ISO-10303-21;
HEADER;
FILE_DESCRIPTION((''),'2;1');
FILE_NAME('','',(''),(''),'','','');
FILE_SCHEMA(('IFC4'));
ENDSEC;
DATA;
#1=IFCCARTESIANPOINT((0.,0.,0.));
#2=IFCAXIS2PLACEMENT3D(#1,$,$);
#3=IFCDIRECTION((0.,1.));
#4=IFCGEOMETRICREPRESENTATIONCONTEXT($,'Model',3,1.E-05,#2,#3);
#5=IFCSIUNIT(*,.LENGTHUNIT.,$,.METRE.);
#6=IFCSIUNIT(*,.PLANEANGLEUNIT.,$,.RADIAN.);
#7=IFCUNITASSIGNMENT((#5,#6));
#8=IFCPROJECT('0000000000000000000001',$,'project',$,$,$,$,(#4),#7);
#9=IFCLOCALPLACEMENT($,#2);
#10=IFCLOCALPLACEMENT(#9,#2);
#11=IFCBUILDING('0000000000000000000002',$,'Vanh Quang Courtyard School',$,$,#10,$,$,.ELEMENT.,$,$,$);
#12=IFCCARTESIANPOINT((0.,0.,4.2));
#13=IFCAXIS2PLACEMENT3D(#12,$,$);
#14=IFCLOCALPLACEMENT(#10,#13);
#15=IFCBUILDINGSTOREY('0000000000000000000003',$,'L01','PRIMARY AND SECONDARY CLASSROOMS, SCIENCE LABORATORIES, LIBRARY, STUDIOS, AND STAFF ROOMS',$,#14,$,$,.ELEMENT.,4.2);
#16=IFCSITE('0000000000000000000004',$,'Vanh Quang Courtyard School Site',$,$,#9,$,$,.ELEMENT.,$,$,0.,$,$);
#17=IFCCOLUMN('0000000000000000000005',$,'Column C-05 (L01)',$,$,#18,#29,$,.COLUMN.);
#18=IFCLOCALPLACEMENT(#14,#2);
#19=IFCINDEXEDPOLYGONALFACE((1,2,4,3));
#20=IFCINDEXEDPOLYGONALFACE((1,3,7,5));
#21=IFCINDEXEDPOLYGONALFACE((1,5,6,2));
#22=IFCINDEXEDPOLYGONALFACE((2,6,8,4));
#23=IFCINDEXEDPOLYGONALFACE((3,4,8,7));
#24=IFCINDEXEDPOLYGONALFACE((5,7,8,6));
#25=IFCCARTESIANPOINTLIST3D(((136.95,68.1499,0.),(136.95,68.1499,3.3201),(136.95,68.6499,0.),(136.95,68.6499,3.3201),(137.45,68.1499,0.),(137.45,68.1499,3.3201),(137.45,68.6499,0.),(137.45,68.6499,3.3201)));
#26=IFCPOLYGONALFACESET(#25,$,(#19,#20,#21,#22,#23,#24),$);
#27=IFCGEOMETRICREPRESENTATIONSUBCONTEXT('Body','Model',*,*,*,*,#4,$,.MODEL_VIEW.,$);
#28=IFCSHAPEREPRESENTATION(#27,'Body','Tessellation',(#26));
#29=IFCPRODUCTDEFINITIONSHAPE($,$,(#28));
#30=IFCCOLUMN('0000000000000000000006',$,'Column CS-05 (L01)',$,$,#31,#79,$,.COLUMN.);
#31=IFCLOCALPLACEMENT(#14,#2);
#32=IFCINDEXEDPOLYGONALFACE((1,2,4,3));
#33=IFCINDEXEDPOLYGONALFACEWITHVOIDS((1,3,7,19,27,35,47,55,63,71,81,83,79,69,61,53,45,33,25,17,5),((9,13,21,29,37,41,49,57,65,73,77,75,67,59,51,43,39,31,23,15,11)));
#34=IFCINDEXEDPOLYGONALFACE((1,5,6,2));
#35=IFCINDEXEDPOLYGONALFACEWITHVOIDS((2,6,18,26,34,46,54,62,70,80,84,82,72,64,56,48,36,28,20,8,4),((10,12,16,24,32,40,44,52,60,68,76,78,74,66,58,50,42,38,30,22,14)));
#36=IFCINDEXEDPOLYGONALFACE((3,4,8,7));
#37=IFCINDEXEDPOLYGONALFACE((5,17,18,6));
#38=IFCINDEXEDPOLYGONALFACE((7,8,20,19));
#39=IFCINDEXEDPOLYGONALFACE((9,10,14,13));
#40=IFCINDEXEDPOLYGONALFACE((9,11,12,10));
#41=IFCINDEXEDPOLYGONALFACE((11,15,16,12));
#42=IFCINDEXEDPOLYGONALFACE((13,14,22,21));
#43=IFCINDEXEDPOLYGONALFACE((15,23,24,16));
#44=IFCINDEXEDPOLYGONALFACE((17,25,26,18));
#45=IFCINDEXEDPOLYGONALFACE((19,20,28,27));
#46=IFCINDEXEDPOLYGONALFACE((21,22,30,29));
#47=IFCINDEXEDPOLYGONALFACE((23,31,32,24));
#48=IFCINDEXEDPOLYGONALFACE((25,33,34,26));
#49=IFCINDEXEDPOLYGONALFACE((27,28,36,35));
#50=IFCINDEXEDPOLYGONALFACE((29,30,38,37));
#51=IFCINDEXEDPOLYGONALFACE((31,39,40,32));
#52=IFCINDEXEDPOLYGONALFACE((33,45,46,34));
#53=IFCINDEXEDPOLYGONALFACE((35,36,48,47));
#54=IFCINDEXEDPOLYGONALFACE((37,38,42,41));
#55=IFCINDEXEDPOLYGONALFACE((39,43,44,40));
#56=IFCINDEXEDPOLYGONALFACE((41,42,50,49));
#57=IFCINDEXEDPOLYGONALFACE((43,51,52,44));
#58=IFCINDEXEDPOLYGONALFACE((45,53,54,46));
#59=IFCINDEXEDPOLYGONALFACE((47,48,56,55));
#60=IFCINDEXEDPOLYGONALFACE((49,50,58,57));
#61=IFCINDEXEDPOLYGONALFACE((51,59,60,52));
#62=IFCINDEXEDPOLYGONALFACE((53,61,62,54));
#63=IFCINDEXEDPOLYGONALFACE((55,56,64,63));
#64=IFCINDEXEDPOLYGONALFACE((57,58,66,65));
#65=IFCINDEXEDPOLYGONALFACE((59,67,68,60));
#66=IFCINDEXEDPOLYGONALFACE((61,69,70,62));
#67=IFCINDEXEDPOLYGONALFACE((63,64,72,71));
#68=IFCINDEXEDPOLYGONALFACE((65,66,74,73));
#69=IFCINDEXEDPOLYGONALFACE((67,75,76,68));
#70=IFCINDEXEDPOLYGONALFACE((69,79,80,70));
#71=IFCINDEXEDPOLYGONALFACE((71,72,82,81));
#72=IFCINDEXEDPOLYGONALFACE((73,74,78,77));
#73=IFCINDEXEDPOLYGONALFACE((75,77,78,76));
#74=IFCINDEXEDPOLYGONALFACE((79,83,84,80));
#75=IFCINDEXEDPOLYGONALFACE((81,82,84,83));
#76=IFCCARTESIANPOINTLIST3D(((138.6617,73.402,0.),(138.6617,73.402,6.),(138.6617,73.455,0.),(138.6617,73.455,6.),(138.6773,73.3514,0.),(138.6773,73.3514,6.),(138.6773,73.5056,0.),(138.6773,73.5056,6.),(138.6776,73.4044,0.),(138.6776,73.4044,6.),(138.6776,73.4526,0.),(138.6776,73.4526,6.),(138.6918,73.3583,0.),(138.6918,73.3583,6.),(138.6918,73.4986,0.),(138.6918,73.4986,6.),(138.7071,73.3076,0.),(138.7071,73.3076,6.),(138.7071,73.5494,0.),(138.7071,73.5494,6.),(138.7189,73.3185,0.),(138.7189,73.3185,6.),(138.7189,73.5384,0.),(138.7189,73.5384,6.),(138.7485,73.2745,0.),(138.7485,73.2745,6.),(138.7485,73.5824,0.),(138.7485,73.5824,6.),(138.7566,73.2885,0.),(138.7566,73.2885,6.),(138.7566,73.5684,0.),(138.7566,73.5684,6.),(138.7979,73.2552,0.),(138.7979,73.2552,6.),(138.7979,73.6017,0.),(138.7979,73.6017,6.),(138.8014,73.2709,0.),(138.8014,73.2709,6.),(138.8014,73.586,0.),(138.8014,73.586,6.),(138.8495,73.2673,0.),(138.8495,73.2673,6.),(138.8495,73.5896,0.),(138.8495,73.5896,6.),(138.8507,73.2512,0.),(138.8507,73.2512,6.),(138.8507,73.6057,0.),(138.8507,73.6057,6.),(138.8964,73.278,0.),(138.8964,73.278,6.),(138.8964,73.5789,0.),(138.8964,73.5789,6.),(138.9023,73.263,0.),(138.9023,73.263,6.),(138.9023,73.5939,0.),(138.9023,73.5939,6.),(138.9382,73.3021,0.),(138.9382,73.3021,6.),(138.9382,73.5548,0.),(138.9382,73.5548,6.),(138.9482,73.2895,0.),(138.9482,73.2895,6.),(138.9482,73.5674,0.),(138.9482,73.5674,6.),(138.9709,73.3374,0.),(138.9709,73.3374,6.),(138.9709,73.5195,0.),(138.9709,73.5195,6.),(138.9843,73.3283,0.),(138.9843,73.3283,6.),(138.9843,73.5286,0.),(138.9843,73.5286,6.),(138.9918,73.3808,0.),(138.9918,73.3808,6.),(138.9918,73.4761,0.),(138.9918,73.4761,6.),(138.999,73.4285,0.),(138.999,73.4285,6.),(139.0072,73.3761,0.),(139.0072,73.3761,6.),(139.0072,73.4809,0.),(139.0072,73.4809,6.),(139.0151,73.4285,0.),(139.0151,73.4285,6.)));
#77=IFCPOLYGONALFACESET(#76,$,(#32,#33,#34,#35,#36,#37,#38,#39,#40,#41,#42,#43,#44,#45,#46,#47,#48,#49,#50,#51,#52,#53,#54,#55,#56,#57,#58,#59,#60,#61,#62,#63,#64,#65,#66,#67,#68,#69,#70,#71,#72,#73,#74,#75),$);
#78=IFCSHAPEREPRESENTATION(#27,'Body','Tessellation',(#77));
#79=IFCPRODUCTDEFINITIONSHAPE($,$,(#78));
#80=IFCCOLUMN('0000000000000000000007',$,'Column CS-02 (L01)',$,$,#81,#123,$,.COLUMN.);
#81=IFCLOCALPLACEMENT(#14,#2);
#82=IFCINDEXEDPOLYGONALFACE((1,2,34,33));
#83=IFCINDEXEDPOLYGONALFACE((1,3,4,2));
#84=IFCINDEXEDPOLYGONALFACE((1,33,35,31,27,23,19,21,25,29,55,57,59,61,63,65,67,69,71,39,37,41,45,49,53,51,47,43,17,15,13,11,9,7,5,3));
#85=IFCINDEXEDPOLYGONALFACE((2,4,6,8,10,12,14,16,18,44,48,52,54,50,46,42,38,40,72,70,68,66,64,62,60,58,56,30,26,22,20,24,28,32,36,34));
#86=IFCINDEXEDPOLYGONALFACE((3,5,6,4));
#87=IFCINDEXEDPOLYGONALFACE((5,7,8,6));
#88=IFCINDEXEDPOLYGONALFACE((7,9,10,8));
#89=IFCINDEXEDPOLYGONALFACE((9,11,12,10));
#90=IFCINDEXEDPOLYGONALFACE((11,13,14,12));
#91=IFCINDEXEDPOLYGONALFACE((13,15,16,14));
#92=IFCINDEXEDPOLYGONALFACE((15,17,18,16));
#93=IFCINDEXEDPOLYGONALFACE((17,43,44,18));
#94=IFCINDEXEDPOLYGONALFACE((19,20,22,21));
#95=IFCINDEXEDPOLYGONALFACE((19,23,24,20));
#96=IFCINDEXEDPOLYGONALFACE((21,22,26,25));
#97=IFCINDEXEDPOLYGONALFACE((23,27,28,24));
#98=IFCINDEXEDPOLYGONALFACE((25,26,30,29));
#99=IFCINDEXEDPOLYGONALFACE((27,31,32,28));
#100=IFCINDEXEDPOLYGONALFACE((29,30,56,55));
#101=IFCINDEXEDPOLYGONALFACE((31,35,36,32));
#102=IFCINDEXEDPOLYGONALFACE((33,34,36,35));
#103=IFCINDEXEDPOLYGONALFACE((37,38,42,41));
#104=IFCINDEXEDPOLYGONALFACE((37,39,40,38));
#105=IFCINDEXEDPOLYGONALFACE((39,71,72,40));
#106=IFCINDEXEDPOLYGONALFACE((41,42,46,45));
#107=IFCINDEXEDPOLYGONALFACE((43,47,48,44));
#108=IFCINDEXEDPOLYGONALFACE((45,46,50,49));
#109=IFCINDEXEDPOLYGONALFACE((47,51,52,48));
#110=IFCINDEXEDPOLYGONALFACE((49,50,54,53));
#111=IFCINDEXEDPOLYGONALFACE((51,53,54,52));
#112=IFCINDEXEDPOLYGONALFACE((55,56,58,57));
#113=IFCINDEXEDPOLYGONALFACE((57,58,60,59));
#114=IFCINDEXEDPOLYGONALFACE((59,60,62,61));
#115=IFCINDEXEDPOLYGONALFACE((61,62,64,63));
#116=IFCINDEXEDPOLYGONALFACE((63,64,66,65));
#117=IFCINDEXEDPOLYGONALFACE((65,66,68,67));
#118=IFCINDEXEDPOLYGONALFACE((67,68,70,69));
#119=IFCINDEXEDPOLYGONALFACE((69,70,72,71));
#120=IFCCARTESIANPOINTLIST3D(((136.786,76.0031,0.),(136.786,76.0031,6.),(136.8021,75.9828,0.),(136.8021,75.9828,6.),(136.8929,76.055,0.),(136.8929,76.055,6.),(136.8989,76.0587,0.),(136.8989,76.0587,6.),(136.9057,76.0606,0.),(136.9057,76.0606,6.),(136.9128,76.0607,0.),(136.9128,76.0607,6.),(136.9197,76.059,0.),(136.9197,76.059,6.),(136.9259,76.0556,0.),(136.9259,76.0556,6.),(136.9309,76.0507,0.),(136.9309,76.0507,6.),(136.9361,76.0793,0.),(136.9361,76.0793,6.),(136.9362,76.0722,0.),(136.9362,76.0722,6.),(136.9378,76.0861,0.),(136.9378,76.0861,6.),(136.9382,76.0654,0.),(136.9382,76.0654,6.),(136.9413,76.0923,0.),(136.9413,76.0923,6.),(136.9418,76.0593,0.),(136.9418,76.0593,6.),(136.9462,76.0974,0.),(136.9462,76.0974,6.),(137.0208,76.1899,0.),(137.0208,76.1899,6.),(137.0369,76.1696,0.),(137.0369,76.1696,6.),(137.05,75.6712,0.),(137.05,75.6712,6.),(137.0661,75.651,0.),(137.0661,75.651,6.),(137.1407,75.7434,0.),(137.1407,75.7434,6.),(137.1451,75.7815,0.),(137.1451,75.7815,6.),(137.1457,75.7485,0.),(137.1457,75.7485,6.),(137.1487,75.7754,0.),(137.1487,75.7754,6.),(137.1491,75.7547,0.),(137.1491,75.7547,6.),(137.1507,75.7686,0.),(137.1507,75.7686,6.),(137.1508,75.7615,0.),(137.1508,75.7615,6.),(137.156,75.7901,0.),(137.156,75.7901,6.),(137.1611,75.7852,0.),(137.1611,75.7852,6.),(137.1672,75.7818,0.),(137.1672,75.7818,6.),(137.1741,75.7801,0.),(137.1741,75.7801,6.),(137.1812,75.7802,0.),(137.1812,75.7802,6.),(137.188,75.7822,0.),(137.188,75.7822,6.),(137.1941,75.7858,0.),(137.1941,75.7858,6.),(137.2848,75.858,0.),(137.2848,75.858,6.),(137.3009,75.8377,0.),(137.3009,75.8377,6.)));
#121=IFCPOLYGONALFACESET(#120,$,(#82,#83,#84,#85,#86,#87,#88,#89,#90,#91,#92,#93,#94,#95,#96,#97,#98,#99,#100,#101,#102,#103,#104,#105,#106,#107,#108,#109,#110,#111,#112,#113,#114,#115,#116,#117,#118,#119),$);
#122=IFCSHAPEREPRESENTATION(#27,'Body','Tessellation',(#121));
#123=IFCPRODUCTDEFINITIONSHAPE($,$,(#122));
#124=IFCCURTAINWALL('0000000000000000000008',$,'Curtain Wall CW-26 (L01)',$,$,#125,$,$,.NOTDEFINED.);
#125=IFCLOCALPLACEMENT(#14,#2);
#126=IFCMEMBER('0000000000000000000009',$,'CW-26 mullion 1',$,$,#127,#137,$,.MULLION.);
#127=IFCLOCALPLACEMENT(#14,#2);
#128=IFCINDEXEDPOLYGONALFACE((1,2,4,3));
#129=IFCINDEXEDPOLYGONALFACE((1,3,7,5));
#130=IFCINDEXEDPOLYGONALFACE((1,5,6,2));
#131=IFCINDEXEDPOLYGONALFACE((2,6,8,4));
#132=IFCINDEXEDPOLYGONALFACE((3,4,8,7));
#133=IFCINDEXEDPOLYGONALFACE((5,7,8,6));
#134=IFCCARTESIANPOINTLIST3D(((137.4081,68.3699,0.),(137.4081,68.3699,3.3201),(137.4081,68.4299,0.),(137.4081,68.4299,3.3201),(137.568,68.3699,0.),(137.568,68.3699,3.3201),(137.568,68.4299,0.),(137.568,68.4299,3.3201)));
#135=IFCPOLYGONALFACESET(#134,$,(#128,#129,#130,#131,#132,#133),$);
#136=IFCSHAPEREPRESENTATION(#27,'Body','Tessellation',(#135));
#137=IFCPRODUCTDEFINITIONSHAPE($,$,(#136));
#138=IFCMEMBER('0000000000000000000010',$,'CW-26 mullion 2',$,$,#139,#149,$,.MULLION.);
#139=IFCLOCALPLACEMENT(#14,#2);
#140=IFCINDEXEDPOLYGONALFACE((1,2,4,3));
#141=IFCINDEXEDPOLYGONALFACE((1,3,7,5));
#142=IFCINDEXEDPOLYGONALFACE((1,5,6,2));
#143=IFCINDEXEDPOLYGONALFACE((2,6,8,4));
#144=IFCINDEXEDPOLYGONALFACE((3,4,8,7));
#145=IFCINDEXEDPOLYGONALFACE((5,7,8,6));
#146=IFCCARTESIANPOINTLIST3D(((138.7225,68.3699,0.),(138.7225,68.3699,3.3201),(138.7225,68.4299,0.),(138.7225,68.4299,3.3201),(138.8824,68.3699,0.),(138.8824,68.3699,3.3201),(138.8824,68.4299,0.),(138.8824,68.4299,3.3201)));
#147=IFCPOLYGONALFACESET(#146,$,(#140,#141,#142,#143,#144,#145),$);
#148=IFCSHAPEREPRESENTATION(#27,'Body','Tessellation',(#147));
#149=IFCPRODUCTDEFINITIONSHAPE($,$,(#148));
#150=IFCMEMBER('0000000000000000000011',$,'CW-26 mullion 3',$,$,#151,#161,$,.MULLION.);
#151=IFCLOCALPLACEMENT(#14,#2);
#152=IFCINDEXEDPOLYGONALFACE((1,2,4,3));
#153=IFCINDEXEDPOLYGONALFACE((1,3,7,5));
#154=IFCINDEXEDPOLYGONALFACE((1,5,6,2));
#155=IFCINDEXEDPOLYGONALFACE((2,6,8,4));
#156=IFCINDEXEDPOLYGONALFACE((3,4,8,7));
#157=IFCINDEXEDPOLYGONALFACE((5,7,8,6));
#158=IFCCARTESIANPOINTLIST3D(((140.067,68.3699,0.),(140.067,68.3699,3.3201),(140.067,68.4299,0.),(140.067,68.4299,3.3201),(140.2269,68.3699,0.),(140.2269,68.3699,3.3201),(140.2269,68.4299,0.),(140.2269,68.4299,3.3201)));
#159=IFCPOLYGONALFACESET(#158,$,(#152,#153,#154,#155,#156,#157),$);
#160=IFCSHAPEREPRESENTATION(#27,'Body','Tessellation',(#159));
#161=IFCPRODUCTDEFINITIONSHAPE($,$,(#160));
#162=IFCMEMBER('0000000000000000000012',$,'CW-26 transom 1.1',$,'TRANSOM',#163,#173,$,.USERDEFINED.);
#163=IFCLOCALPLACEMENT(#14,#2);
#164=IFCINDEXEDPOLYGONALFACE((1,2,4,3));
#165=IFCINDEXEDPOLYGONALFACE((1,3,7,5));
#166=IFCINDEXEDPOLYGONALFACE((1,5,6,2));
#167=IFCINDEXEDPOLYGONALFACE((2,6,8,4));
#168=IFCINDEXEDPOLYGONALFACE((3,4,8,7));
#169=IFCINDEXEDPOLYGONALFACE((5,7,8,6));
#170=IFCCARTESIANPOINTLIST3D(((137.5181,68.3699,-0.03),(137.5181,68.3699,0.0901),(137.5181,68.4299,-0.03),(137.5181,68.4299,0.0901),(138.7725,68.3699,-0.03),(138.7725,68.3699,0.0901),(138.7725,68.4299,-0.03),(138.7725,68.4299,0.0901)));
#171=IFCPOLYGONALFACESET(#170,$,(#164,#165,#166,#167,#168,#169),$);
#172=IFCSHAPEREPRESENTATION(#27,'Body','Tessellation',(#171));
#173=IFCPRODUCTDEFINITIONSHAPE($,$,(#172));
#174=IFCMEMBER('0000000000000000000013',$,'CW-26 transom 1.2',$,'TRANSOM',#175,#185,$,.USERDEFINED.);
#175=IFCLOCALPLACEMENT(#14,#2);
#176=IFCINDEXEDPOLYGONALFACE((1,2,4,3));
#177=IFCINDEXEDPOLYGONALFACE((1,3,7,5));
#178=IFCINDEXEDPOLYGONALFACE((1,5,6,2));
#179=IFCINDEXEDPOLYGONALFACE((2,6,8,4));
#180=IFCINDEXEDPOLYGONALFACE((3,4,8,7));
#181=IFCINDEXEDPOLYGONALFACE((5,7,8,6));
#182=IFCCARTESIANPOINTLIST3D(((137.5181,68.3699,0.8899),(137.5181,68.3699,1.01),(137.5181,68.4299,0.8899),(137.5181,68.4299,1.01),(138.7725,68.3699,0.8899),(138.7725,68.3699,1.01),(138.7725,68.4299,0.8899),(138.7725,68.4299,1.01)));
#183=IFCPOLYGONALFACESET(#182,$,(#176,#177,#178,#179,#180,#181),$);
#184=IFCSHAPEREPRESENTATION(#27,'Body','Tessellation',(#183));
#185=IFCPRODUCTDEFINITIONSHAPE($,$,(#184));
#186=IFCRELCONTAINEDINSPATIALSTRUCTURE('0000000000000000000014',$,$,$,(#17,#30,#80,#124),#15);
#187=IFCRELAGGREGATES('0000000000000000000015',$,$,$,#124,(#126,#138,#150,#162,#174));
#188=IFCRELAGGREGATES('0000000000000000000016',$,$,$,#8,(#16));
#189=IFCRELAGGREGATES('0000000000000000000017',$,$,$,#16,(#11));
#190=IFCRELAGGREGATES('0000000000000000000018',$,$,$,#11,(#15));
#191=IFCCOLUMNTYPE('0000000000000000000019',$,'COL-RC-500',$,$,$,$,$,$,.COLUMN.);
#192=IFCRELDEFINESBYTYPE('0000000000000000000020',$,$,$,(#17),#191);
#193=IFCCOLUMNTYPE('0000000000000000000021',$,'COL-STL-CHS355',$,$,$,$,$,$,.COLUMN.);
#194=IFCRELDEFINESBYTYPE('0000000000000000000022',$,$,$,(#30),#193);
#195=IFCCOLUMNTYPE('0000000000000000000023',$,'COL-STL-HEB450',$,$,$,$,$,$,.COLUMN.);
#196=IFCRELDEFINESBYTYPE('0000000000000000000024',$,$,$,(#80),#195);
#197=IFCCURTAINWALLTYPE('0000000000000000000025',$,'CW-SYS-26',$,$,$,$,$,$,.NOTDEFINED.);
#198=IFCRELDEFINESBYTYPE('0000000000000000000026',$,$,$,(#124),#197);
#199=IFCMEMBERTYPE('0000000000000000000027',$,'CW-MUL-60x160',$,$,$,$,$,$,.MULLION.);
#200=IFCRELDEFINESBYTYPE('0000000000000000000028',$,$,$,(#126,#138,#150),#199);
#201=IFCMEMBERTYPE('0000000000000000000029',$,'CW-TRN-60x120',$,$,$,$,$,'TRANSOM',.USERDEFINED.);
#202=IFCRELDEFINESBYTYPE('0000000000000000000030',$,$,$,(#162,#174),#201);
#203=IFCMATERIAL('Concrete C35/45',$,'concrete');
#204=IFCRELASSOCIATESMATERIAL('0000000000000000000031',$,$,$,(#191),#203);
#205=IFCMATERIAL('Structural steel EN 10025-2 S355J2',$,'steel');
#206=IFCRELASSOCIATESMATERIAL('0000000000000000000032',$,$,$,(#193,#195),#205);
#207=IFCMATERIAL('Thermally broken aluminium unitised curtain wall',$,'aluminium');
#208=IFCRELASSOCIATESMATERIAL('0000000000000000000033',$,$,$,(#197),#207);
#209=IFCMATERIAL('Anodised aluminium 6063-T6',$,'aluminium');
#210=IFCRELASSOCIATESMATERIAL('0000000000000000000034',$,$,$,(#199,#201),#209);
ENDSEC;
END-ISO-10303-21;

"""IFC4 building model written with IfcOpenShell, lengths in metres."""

from ifc_helpers import new_model, si_unit, direction, frame, origin, origin_2d, place, context, subcontext, project, spatial, rectangle, hollow_circle, i_section, extrude, material, material_profile, profile_set, type_object, element, aggregate, save


model = new_model("IFC4")

# Units and contexts
model_context = context("Model", 3, precision=1e-05, world=origin(), true_north=direction((0.0, 1.0)))
body_context = subcontext(model_context, "Body", "Model", "MODEL_VIEW")
ifc_project = project(units=[si_unit("LENGTHUNIT", "METRE"), si_unit("PLANEANGLEUNIT", "RADIAN")], contexts=[model_context])

# Site, building, storey
site_placement = place(None, origin())
site = spatial("IfcSite", under=ifc_project, at=site_placement, Name="Vanh Quang Courtyard School Site", CompositionType="ELEMENT", RefElevation=0.0)
building_placement = place(site_placement, origin())
building = spatial("IfcBuilding", under=site, at=building_placement, Name="Vanh Quang Courtyard School", CompositionType="ELEMENT")
storey_placement = place(building_placement, frame((0.0, 0.0, 4.2)))
storey = spatial("IfcBuildingStorey", under=building, at=storey_placement, Name="L01", Description="PRIMARY AND SECONDARY CLASSROOMS, SCIENCE LABORATORIES, LIBRARY, STUDIOS, AND STAFF ROOMS", CompositionType="ELEMENT", Elevation=4.2)

# Columns
ifc_material_1 = material(Name="Concrete C35/45", Category="concrete")
ifc_material_profile_1 = material_profile(ifc_material_1, rectangle(XDim=0.5, YDim=0.5, at=origin_2d()), Name="RC-COL 500x500")
ifc_profile_set_1 = profile_set([ifc_material_profile_1], Name="Concrete C35/45")
column_type_1 = type_object("IfcColumnType", Name="COL-RC-500", PredefinedType="COLUMN", material=ifc_profile_set_1)
column_1_placement = place(storey_placement, frame((137.2, 68.3999, 0.0), z_axis=(0.0, 0.0, 1.0), x_axis=(1.0, 0.0, 0.0)))
element("IfcColumn", 1, at=column_1_placement, inside=storey, type_object=column_type_1, Name="Column C-05 (L01)", PredefinedType="COLUMN", context=body_context, shape_type="SweptSolid", body=[
    extrude(rectangle(XDim=0.5, YDim=0.5, at=origin_2d()), origin(), (0.0, 0.0, 1.0), 3.3201),
])
ifc_material_2 = material(Name="Structural steel EN 10025-2 S355J2", Category="steel")
ifc_material_profile_2 = material_profile(ifc_material_2, hollow_circle(Radius=0.1777, WallThickness=0.0161, at=origin_2d()), Name="CHS 355.6x16")
ifc_profile_set_2 = profile_set([ifc_material_profile_2], Name="Structural steel EN 10025-2 S355J2")
column_type_2 = type_object("IfcColumnType", Name="COL-STL-CHS355", PredefinedType="COLUMN", material=ifc_profile_set_2)
column_2_placement = place(storey_placement, frame((138.8374, 73.4285, 0.0), z_axis=(0.0, 0.0, 1.0), x_axis=(1.0, 0.0, 0.0)))
element("IfcColumn", 2, at=column_2_placement, inside=storey, type_object=column_type_2, Name="Column CS-05 (L01)", PredefinedType="COLUMN", context=body_context, shape_type="SweptSolid", body=[
    extrude(hollow_circle(Radius=0.1777, WallThickness=0.0161, at=origin_2d()), origin(), (0.0, 0.0, 1.0), 6.0),
])
ifc_material_profile_3 = material_profile(ifc_material_2, i_section(OverallWidth=0.3, OverallDepth=0.45, WebThickness=0.0139, FlangeThickness=0.0259, FilletRadius=0.0271, at=origin_2d()), Name="HEB 450")
ifc_profile_set_3 = profile_set([ifc_material_profile_3], Name="Structural steel EN 10025-2 S355J2")
column_type_3 = type_object("IfcColumnType", Name="COL-STL-HEB450", PredefinedType="COLUMN", material=ifc_profile_set_3)
column_3_placement = place(storey_placement, frame((137.0435, 75.9204, 0.0), z_axis=(0.0, 0.0, 1.0), x_axis=(0.782608, 0.622515, 0.0)))
element("IfcColumn", 3, at=column_3_placement, inside=storey, type_object=column_type_3, Name="Column CS-02 (L01)", PredefinedType="COLUMN", context=body_context, shape_type="SweptSolid", body=[
    extrude(i_section(OverallWidth=0.3, OverallDepth=0.45, WebThickness=0.0139, FlangeThickness=0.0259, FilletRadius=0.0271, at=origin_2d()), origin(), (0.0, 0.0, 1.0), 6.0),
])

# Curtain wall, members
ifc_material_3 = material(Name="Thermally broken aluminium unitised curtain wall", Category="aluminium")
curtain_wall_type = type_object("IfcCurtainWallType", Name="CW-SYS-26", PredefinedType="NOTDEFINED", material=ifc_material_3)
curtain_wall_placement = place(storey_placement, origin())
curtain_wall = element("IfcCurtainWall", 4, at=curtain_wall_placement, inside=storey, type_object=curtain_wall_type, Name="Curtain Wall CW-26 (L01)", PredefinedType="NOTDEFINED")
ifc_material_4 = material(Name="Anodised aluminium 6063-T6", Category="aluminium")
ifc_material_profile_4 = material_profile(ifc_material_4, rectangle(XDim=0.0601, YDim=0.1599, at=origin_2d()), Name="ALU-MUL 60x160")
ifc_profile_set_4 = profile_set([ifc_material_profile_4], Name="Anodised aluminium 6063-T6")
member_type_1 = type_object("IfcMemberType", Name="CW-MUL-60x160", PredefinedType="MULLION", material=ifc_profile_set_4)
member_1_placement = place(storey_placement, frame((137.488, 68.3999, 0.0), z_axis=(0.0, 0.0, 1.0), x_axis=(0.0, 1.0, 0.0)))
member_1 = element("IfcMember", 5, at=member_1_placement, type_object=member_type_1, Name="CW-26 mullion 1", PredefinedType="MULLION", context=body_context, shape_type="SweptSolid", body=[
    extrude(rectangle(XDim=0.0601, YDim=0.1599, at=origin_2d()), origin(), (0.0, 0.0, 1.0), 3.3201),
])
member_2_placement = place(storey_placement, frame((138.8025, 68.3999, 0.0), z_axis=(0.0, 0.0, 1.0), x_axis=(0.0, 1.0, 0.0)))
member_2 = element("IfcMember", 6, at=member_2_placement, type_object=member_type_1, Name="CW-26 mullion 2", PredefinedType="MULLION", context=body_context, shape_type="SweptSolid", body=[
    extrude(rectangle(XDim=0.0601, YDim=0.1599, at=origin_2d()), origin(), (0.0, 0.0, 1.0), 3.3201),
])
member_3_placement = place(storey_placement, frame((140.147, 68.3999, 0.0), z_axis=(0.0, 0.0, 1.0), x_axis=(0.0, 1.0, 0.0)))
member_3 = element("IfcMember", 7, at=member_3_placement, type_object=member_type_1, Name="CW-26 mullion 3", PredefinedType="MULLION", context=body_context, shape_type="SweptSolid", body=[
    extrude(rectangle(XDim=0.0601, YDim=0.1599, at=origin_2d()), origin(), (0.0, 0.0, 1.0), 3.3201),
])
ifc_material_profile_5 = material_profile(ifc_material_4, rectangle(XDim=0.0601, YDim=0.1201, at=origin_2d()), Name="ALU-TRN 60x120")
ifc_profile_set_5 = profile_set([ifc_material_profile_5], Name="Anodised aluminium 6063-T6")
member_type_2 = type_object("IfcMemberType", Name="CW-TRN-60x120", ElementType="TRANSOM", PredefinedType="USERDEFINED", material=ifc_profile_set_5)
member_4_placement = place(storey_placement, frame((137.5181, 68.3999, 0.03), z_axis=(1.0, 0.0, 0.0), x_axis=(0.0, 1.0, 0.0)))
member_4 = element("IfcMember", 8, at=member_4_placement, type_object=member_type_2, Name="CW-26 transom 1.1", ObjectType="TRANSOM", PredefinedType="USERDEFINED", context=body_context, shape_type="SweptSolid", body=[
    extrude(rectangle(XDim=0.0601, YDim=0.1201, at=origin_2d()), origin(), (0.0, 0.0, 1.0), 1.2544),
])
member_5_placement = place(storey_placement, frame((137.5181, 68.3999, 0.95), z_axis=(1.0, 0.0, 0.0), x_axis=(0.0, 1.0, 0.0)))
member_5 = element("IfcMember", 9, at=member_5_placement, type_object=member_type_2, Name="CW-26 transom 1.2", ObjectType="TRANSOM", PredefinedType="USERDEFINED", context=body_context, shape_type="SweptSolid", body=[
    extrude(rectangle(XDim=0.0601, YDim=0.1201, at=origin_2d()), origin(), (0.0, 0.0, 1.0), 1.2544),
])
aggregate(curtain_wall, [member_1, member_2, member_3, member_4, member_5])

save(model, "model.ifc")
